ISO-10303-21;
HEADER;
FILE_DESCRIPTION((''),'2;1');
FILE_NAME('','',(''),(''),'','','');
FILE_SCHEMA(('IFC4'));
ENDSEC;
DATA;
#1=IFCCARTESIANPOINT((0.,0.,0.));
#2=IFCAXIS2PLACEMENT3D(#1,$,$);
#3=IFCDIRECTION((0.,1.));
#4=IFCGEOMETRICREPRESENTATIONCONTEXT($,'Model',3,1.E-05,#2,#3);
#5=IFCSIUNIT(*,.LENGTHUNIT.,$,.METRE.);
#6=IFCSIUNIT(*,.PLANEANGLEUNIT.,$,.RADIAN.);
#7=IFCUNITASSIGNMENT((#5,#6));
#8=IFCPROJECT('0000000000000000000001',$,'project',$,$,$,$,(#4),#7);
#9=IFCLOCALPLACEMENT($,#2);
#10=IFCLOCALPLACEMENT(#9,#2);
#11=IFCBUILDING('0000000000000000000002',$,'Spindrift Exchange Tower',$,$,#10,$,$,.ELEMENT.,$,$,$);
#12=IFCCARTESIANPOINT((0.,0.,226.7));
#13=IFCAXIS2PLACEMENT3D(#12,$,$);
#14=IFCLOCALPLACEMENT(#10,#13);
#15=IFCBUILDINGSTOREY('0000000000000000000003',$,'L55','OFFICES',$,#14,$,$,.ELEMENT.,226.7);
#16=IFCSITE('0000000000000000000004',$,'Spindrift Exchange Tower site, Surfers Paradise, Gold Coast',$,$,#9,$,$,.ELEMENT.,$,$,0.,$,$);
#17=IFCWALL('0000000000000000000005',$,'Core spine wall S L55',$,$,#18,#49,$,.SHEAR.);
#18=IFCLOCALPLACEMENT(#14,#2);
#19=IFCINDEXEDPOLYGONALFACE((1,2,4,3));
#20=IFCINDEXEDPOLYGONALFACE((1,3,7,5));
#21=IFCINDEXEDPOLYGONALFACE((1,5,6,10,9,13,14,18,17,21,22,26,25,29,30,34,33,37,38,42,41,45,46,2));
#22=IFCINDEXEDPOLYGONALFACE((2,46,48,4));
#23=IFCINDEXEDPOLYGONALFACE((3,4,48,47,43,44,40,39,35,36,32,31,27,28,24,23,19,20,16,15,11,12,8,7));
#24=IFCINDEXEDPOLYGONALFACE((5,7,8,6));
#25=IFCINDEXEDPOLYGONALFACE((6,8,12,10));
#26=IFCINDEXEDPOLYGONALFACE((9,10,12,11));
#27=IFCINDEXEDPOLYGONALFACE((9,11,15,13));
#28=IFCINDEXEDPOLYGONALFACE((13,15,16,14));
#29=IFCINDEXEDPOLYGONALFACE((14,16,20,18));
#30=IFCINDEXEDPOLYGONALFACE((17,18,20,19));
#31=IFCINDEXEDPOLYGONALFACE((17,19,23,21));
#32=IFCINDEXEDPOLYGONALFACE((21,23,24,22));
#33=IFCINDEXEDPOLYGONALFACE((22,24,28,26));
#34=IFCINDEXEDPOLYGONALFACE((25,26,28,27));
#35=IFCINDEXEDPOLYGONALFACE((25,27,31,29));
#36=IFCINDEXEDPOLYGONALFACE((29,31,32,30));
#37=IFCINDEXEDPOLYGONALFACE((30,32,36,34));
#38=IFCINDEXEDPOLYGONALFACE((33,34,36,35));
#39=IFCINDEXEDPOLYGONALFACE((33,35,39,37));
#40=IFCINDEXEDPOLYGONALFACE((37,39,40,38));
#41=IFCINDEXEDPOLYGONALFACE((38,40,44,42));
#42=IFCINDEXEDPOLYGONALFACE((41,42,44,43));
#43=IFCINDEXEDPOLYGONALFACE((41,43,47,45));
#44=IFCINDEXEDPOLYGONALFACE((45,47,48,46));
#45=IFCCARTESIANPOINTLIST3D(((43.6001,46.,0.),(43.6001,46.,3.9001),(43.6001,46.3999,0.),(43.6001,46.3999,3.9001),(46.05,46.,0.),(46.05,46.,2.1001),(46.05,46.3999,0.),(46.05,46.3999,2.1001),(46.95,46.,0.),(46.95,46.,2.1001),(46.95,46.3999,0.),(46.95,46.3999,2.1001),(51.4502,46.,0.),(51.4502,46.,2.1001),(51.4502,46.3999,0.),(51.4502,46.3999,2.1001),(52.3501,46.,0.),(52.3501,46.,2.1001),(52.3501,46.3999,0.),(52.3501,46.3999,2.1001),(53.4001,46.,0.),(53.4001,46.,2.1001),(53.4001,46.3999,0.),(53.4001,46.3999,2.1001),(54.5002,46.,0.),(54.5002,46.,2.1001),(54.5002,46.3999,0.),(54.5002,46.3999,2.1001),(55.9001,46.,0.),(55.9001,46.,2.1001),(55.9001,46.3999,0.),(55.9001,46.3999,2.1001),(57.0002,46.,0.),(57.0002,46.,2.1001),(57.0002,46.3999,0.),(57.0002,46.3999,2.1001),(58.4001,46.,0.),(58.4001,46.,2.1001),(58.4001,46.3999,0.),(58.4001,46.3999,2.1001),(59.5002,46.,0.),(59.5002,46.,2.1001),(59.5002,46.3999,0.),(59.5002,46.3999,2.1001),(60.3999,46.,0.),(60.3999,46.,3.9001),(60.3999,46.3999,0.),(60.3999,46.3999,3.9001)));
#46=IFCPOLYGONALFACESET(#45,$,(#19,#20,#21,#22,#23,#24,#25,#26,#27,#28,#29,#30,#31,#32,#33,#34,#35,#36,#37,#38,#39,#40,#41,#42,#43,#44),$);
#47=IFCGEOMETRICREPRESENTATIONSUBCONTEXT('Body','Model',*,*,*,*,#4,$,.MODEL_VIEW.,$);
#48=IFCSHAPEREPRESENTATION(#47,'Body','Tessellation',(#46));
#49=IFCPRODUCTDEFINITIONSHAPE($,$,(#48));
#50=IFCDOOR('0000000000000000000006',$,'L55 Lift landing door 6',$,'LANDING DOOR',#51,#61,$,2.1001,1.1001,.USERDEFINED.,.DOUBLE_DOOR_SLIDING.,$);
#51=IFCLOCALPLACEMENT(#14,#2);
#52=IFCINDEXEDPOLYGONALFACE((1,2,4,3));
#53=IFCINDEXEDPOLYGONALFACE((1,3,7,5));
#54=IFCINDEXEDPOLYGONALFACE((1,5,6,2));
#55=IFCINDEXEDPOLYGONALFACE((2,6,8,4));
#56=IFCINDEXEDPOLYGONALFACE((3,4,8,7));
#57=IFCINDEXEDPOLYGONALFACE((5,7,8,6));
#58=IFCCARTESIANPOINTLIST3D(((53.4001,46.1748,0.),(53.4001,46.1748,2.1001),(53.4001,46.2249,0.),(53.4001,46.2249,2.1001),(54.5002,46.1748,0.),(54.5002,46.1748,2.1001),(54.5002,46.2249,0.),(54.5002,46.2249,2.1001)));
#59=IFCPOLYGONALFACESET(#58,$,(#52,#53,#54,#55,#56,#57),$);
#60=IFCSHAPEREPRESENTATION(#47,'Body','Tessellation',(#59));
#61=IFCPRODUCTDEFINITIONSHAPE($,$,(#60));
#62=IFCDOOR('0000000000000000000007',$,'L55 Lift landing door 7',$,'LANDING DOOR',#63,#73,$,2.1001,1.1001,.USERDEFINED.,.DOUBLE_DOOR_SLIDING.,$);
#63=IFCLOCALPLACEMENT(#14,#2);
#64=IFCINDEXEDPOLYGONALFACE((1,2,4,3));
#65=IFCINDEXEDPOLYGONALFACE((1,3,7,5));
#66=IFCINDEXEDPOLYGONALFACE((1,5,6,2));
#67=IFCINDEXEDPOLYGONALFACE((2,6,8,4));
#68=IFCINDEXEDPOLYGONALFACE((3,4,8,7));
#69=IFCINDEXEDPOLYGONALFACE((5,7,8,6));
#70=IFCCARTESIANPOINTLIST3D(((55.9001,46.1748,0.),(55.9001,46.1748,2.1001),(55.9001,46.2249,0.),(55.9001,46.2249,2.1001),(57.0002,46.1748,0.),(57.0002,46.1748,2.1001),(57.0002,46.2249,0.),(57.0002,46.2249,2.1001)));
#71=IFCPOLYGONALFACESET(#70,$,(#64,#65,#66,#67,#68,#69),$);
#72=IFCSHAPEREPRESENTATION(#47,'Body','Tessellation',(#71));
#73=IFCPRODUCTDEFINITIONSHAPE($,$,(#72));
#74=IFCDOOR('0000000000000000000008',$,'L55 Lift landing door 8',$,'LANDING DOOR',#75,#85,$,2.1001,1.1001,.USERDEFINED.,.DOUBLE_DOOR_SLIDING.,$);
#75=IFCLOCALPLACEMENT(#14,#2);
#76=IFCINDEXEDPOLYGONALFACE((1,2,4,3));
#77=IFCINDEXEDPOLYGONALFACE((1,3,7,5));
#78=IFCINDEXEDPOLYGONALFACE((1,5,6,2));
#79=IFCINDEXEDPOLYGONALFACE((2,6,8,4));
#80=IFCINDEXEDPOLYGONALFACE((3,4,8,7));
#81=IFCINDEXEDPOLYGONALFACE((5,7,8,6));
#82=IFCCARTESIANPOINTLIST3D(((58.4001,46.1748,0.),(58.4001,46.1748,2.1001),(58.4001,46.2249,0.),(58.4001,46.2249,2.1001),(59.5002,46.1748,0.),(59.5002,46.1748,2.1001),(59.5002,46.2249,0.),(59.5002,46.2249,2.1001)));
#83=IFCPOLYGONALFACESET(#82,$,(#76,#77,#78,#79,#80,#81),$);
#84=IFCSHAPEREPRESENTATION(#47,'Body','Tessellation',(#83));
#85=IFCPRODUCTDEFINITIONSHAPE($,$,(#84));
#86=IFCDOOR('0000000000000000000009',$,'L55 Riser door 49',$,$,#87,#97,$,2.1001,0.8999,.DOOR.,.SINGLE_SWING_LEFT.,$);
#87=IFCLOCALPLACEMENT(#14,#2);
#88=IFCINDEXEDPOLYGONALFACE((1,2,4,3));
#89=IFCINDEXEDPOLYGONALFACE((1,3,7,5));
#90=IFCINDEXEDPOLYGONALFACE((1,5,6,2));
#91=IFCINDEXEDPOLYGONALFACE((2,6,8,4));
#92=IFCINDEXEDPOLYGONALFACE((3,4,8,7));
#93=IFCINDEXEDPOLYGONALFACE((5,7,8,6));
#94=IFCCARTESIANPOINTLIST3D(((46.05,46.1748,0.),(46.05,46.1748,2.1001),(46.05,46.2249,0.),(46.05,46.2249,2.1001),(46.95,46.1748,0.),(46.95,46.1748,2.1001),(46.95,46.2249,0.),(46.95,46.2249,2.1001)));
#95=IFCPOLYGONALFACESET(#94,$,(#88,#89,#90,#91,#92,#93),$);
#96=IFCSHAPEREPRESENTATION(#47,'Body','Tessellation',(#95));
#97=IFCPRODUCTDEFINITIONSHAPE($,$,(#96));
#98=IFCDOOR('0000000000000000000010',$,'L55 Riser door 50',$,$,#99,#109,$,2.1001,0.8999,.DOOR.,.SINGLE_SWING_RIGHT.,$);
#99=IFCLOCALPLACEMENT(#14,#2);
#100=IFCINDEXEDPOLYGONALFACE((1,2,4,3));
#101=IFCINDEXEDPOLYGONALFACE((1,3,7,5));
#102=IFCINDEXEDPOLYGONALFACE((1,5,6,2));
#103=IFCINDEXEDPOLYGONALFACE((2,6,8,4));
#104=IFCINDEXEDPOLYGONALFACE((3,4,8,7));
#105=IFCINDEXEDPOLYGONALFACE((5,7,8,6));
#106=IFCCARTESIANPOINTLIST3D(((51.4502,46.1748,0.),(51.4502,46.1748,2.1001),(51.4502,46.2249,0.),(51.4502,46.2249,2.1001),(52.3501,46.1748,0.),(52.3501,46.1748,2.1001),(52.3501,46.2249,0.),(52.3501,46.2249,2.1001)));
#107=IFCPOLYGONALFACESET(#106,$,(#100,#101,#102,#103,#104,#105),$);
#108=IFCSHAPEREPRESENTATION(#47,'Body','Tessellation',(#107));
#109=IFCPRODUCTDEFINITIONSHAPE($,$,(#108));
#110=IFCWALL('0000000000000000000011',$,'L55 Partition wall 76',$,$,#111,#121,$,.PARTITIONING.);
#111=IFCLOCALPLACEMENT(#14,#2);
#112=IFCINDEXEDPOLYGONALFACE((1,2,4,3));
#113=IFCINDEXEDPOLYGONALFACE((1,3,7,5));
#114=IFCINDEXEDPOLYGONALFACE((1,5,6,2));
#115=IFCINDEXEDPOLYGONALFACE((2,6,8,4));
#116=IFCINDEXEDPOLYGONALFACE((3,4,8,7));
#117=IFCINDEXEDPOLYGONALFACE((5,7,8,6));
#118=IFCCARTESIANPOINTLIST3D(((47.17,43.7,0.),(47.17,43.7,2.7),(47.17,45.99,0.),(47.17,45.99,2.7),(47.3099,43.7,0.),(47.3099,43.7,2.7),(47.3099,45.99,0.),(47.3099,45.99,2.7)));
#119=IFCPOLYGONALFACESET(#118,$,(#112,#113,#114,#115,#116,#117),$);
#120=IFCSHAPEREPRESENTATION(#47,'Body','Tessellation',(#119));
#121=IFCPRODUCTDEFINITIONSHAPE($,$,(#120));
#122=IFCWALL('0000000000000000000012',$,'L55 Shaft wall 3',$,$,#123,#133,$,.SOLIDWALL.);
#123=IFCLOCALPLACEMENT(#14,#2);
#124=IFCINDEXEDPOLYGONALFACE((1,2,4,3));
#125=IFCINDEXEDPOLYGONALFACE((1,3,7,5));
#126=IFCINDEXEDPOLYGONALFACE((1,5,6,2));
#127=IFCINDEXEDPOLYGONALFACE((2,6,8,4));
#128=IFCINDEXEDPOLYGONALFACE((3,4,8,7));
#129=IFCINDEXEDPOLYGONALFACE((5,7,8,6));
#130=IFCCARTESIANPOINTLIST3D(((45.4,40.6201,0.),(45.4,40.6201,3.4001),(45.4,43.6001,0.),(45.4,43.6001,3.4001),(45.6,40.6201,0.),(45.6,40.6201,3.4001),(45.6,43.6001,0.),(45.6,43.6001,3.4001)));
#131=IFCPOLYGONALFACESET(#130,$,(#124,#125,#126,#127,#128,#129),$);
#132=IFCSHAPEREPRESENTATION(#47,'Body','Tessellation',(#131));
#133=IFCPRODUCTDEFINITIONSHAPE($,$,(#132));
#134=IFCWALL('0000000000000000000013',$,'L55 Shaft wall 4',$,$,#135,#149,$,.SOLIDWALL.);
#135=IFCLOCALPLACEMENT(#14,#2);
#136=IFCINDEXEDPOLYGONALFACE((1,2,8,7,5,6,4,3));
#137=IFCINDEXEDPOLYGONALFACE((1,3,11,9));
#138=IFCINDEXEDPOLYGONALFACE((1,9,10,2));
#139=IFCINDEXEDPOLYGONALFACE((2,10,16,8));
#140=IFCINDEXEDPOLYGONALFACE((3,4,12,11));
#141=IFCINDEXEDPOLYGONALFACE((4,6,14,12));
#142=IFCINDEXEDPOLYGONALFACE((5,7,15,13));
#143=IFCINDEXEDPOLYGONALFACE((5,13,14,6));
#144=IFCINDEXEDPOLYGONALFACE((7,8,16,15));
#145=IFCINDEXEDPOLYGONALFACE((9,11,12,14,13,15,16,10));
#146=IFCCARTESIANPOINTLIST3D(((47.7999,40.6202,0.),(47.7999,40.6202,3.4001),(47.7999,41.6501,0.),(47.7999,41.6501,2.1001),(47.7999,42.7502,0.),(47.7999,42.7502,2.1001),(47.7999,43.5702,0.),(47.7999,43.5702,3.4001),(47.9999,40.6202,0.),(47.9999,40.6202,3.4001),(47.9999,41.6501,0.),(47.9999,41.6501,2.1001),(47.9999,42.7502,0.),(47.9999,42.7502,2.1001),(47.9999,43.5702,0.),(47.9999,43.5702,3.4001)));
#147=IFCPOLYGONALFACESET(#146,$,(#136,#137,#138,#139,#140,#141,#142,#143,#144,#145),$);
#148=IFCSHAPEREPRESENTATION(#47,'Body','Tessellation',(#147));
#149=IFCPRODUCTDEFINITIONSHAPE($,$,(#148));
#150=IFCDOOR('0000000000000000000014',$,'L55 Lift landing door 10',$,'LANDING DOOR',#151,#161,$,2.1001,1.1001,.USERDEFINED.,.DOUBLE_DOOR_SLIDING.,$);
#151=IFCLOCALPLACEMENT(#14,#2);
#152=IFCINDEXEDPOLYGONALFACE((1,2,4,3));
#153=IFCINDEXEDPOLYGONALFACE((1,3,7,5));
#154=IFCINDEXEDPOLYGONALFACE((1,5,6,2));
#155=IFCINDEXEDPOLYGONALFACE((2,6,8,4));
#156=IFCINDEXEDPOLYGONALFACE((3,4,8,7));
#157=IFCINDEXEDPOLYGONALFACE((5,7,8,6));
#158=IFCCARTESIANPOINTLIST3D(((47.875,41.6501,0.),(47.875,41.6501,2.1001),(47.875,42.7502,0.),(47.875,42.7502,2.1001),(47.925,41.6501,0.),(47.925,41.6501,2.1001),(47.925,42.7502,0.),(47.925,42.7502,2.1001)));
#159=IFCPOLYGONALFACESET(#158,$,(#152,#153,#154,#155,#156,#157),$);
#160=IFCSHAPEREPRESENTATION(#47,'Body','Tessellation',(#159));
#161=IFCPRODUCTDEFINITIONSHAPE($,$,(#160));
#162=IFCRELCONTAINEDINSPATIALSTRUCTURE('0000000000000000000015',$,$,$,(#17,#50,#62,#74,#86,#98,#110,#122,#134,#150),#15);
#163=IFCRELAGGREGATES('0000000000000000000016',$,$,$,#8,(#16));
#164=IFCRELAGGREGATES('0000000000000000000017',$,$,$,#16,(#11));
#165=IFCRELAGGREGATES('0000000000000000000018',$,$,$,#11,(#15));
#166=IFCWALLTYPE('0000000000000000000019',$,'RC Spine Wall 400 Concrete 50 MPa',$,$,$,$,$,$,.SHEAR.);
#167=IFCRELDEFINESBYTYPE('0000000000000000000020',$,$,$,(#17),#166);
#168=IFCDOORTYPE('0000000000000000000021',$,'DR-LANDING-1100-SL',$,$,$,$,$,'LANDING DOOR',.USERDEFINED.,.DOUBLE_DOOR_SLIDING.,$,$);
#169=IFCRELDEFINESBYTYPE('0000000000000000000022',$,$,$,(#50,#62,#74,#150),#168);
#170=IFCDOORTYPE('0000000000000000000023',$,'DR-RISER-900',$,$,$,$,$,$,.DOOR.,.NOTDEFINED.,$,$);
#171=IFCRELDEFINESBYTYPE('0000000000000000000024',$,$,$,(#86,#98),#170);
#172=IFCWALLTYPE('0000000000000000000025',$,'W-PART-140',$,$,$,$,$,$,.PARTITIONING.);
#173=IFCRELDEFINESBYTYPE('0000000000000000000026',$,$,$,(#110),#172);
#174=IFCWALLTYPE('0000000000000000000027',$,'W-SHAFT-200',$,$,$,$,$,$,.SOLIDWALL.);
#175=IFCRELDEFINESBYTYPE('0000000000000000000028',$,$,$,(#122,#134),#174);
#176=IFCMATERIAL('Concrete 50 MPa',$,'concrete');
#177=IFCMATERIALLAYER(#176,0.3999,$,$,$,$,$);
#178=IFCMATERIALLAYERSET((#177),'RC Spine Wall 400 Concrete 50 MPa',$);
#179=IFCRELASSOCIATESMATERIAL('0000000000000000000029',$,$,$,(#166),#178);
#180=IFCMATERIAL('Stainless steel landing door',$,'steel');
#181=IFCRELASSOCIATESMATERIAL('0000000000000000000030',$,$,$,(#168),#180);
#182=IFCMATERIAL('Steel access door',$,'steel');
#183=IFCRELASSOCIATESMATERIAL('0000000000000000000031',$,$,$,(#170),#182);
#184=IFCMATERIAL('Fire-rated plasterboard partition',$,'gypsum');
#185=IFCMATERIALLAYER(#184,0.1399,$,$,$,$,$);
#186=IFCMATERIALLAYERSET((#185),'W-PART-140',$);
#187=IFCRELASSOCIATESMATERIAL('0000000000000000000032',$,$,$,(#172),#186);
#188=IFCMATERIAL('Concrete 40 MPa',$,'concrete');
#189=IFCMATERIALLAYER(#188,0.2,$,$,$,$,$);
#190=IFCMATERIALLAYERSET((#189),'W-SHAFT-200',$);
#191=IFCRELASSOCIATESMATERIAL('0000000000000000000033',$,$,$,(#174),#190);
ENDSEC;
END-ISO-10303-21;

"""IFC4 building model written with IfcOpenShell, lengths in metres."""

from ifc_helpers import new_model, si_unit, direction, frame, frame_2d, origin, place, context, subcontext, project, spatial, rectangle, extrude, source, transform, mapped, material, layer, layer_set, type_object, element, fill, save


model = new_model("IFC4")

# Units and contexts
model_context = context("Model", 3, precision=1e-05, world=origin(), true_north=direction((0.0, 1.0)))
body_context = subcontext(model_context, "Body", "Model", "MODEL_VIEW")
ifc_project = project(units=[si_unit("LENGTHUNIT", "METRE"), si_unit("PLANEANGLEUNIT", "RADIAN")], contexts=[model_context])

# Site, building, storey
site_placement = place(None, origin())
site = spatial("IfcSite", under=ifc_project, at=site_placement, Name="Spindrift Exchange Tower site, Surfers Paradise, Gold Coast", CompositionType="ELEMENT", RefElevation=0.0)
building_placement = place(site_placement, origin())
building = spatial("IfcBuilding", under=site, at=building_placement, Name="Spindrift Exchange Tower", CompositionType="ELEMENT")
storey_placement = place(building_placement, frame((0.0, 0.0, 226.7)))
storey = spatial("IfcBuildingStorey", under=building, at=storey_placement, Name="L55", Description="OFFICES", CompositionType="ELEMENT", Elevation=226.7)

# Wall, openings, doors
ifc_material_1 = material(Name="Concrete 50 MPa", Category="concrete")
ifc_material_2 = material(Name="Steel access door", Category="steel")
ifc_layer_1 = layer(ifc_material_1, 0.3999)
ifc_layer_set_1 = layer_set([ifc_layer_1], Name="RC Spine Wall 400 Concrete 50 MPa")
wall_type_1 = type_object("IfcWallType", Name="RC Spine Wall 400 Concrete 50 MPa", PredefinedType="SHEAR", material=ifc_layer_set_1)
wall_1_placement = place(storey_placement, frame((43.6001, 46.2, 0.0), z_axis=(0.0, 0.0, 1.0), x_axis=(1.0, 0.0, 0.0)))
wall_1 = element("IfcWall", 1, at=wall_1_placement, inside=storey, type_object=wall_type_1, Name="Core spine wall S L55", PredefinedType="SHEAR", context=body_context, shape_type="SweptSolid", body=[
    extrude(rectangle(XDim=16.7998, YDim=0.3999, at=frame_2d((8.3999, 0.0))), origin(), (0.0, 0.0, 1.0), 3.9001),
])
opening_1_placement = place(wall_1_placement, frame((9.8, 0.0, 0.0)))
opening_1 = element("IfcOpeningElement", 2, at=opening_1_placement, cuts=wall_1, PredefinedType="OPENING", context=body_context, shape_type="SweptSolid", body=[
    extrude(rectangle(XDim=1.1001, YDim=2.1001, at=frame_2d((0.55, 1.05))), frame((0.0, 0.21, 0.0), z_axis=(0.0, -1.0, 0.0), x_axis=(1.0, 0.0, 0.0)), (0.0, 0.0, 1.0), 0.4199),
])
opening_2_placement = place(wall_1_placement, frame((12.3, 0.0, 0.0)))
opening_2 = element("IfcOpeningElement", 3, at=opening_2_placement, cuts=wall_1, PredefinedType="OPENING", context=body_context, shape_type="SweptSolid", body=[
    extrude(rectangle(XDim=1.1001, YDim=2.1001, at=frame_2d((0.55, 1.05))), frame((0.0, 0.21, 0.0), z_axis=(0.0, -1.0, 0.0), x_axis=(1.0, 0.0, 0.0)), (0.0, 0.0, 1.0), 0.4199),
])
opening_3_placement = place(wall_1_placement, frame((14.8, 0.0, 0.0)))
opening_3 = element("IfcOpeningElement", 4, at=opening_3_placement, cuts=wall_1, PredefinedType="OPENING", context=body_context, shape_type="SweptSolid", body=[
    extrude(rectangle(XDim=1.1001, YDim=2.1001, at=frame_2d((0.55, 1.05))), frame((0.0, 0.21, 0.0), z_axis=(0.0, -1.0, 0.0), x_axis=(1.0, 0.0, 0.0)), (0.0, 0.0, 1.0), 0.4199),
])
opening_4_placement = place(wall_1_placement, frame((2.45, 0.0, 0.0)))
opening_4 = element("IfcOpeningElement", 5, at=opening_4_placement, cuts=wall_1, PredefinedType="OPENING", context=body_context, shape_type="SweptSolid", body=[
    extrude(rectangle(XDim=0.8999, YDim=2.1001, at=frame_2d((0.45, 1.05))), frame((0.0, 0.21, 0.0), z_axis=(0.0, -1.0, 0.0), x_axis=(1.0, 0.0, 0.0)), (0.0, 0.0, 1.0), 0.4199),
])
opening_5_placement = place(wall_1_placement, frame((7.8501, 0.0, 0.0)))
opening_5 = element("IfcOpeningElement", 6, at=opening_5_placement, cuts=wall_1, PredefinedType="OPENING", context=body_context, shape_type="SweptSolid", body=[
    extrude(rectangle(XDim=0.8999, YDim=2.1001, at=frame_2d((0.45, 1.05))), frame((0.0, 0.21, 0.0), z_axis=(0.0, -1.0, 0.0), x_axis=(1.0, 0.0, 0.0)), (0.0, 0.0, 1.0), 0.4199),
])
ifc_material_3 = material(Name="Stainless steel landing door", Category="steel")
door_type_1 = type_object("IfcDoorType", Name="DR-LANDING-1100-SL", ElementType="LANDING DOOR", OperationType="DOUBLE_DOOR_SLIDING", PredefinedType="USERDEFINED", material=ifc_material_3)
shared_shape_1 = source(origin(), body_context, "Body", "SweptSolid", [
    extrude(rectangle(XDim=1.1001, YDim=2.1001, at=frame_2d((0.55, 1.05))), frame((0.0, 0.0249, 0.0), z_axis=(0.0, -1.0, 0.0), x_axis=(1.0, 0.0, 0.0)), (0.0, 0.0, 1.0), 0.05),
])
door_1_placement = place(opening_1_placement, origin())
door_1 = element("IfcDoor", 7, at=door_1_placement, inside=storey, type_object=door_type_1, Name="L55 Lift landing door 6", ObjectType="LANDING DOOR", OperationType="DOUBLE_DOOR_SLIDING", OverallHeight=2.1001, OverallWidth=1.1001, PredefinedType="USERDEFINED", context=body_context, shape_type="MappedRepresentation", body=[
    mapped(shared_shape_1, transform((0.0, 0.0, 0.0), scale=1.0)),
])
fill(opening_1, door_1)
door_2_placement = place(opening_2_placement, origin())
door_2 = element("IfcDoor", 8, at=door_2_placement, inside=storey, type_object=door_type_1, Name="L55 Lift landing door 7", ObjectType="LANDING DOOR", OperationType="DOUBLE_DOOR_SLIDING", OverallHeight=2.1001, OverallWidth=1.1001, PredefinedType="USERDEFINED", context=body_context, shape_type="MappedRepresentation", body=[
    mapped(shared_shape_1, transform((0.0, 0.0, 0.0), scale=1.0)),
])
fill(opening_2, door_2)
door_3_placement = place(opening_3_placement, origin())
door_3 = element("IfcDoor", 9, at=door_3_placement, inside=storey, type_object=door_type_1, Name="L55 Lift landing door 8", ObjectType="LANDING DOOR", OperationType="DOUBLE_DOOR_SLIDING", OverallHeight=2.1001, OverallWidth=1.1001, PredefinedType="USERDEFINED", context=body_context, shape_type="MappedRepresentation", body=[
    mapped(shared_shape_1, transform((0.0, 0.0, 0.0), scale=1.0)),
])
fill(opening_3, door_3)
door_type_2 = type_object("IfcDoorType", Name="DR-RISER-900", OperationType="NOTDEFINED", PredefinedType="DOOR", material=ifc_material_2)
shared_shape_2 = source(origin(), body_context, "Body", "SweptSolid", [
    extrude(rectangle(XDim=0.8999, YDim=2.1001, at=frame_2d((0.45, 1.05))), frame((0.0, 0.0249, 0.0), z_axis=(0.0, -1.0, 0.0), x_axis=(1.0, 0.0, 0.0)), (0.0, 0.0, 1.0), 0.05),
])
door_4_placement = place(opening_4_placement, origin())
door_4 = element("IfcDoor", 10, at=door_4_placement, inside=storey, type_object=door_type_2, Name="L55 Riser door 49", OperationType="SINGLE_SWING_LEFT", OverallHeight=2.1001, OverallWidth=0.8999, PredefinedType="DOOR", context=body_context, shape_type="MappedRepresentation", body=[
    mapped(shared_shape_2, transform((0.0, 0.0, 0.0), scale=1.0)),
])
fill(opening_4, door_4)
door_5_placement = place(opening_5_placement, origin())
door_5 = element("IfcDoor", 11, at=door_5_placement, inside=storey, type_object=door_type_2, Name="L55 Riser door 50", OperationType="SINGLE_SWING_RIGHT", OverallHeight=2.1001, OverallWidth=0.8999, PredefinedType="DOOR", context=body_context, shape_type="MappedRepresentation", body=[
    mapped(shared_shape_2, transform((0.0, 0.0, 0.0), scale=1.0)),
])
fill(opening_5, door_5)

# Walls
ifc_material_4 = material(Name="Fire-rated plasterboard partition", Category="gypsum")
ifc_layer_2 = layer(ifc_material_4, 0.1399)
ifc_layer_set_2 = layer_set([ifc_layer_2], Name="W-PART-140")
wall_type_2 = type_object("IfcWallType", Name="W-PART-140", PredefinedType="PARTITIONING", material=ifc_layer_set_2)
wall_2_placement = place(storey_placement, frame((47.24, 43.7, 0.0), z_axis=(0.0, 0.0, 1.0), x_axis=(0.0, 1.0, 0.0)))
element("IfcWall", 12, at=wall_2_placement, inside=storey, type_object=wall_type_2, Name="L55 Partition wall 76", PredefinedType="PARTITIONING", context=body_context, shape_type="SweptSolid", body=[
    extrude(rectangle(XDim=2.29, YDim=0.1399, at=frame_2d((1.145, 0.0))), origin(), (0.0, 0.0, 1.0), 2.7),
])
ifc_material_5 = material(Name="Concrete 40 MPa", Category="concrete")
ifc_layer_3 = layer(ifc_material_5, 0.2)
ifc_layer_set_3 = layer_set([ifc_layer_3], Name="W-SHAFT-200")
wall_type_3 = type_object("IfcWallType", Name="W-SHAFT-200", PredefinedType="SOLIDWALL", material=ifc_layer_set_3)
wall_3_placement = place(storey_placement, frame((45.5, 43.6001, 0.0), z_axis=(0.0, 0.0, 1.0), x_axis=(0.0, -1.0, 0.0)))
element("IfcWall", 13, at=wall_3_placement, inside=storey, type_object=wall_type_3, Name="L55 Shaft wall 3", PredefinedType="SOLIDWALL", context=body_context, shape_type="SweptSolid", body=[
    extrude(rectangle(XDim=2.98, YDim=0.2, at=frame_2d((1.49, 0.0))), origin(), (0.0, 0.0, 1.0), 3.4001),
])

# Wall, opening, door
wall_4_placement = place(storey_placement, frame((47.8999, 40.6201, 0.0), z_axis=(0.0, 0.0, 1.0), x_axis=(0.0, 1.0, 0.0)))
wall_4 = element("IfcWall", 14, at=wall_4_placement, inside=storey, type_object=wall_type_3, Name="L55 Shaft wall 4", PredefinedType="SOLIDWALL", context=body_context, shape_type="SweptSolid", body=[
    extrude(rectangle(XDim=2.95, YDim=0.2, at=frame_2d((1.4751, 0.0))), origin(), (0.0, 0.0, 1.0), 3.4001),
])
opening_6_placement = place(wall_4_placement, frame((1.03, 0.0, 0.0)))
opening_6 = element("IfcOpeningElement", 15, at=opening_6_placement, cuts=wall_4, PredefinedType="OPENING", context=body_context, shape_type="SweptSolid", body=[
    extrude(rectangle(XDim=1.1001, YDim=2.1001, at=frame_2d((0.55, 1.05))), frame((0.0, 0.1099, 0.0), z_axis=(0.0, -1.0, 0.0), x_axis=(1.0, 0.0, 0.0)), (0.0, 0.0, 1.0), 0.22),
])
door_6_placement = place(opening_6_placement, origin())
door_6 = element("IfcDoor", 16, at=door_6_placement, inside=storey, type_object=door_type_1, Name="L55 Lift landing door 10", ObjectType="LANDING DOOR", OperationType="DOUBLE_DOOR_SLIDING", OverallHeight=2.1001, OverallWidth=1.1001, PredefinedType="USERDEFINED", context=body_context, shape_type="MappedRepresentation", body=[
    mapped(shared_shape_1, transform((0.0, 0.0, 0.0), scale=1.0)),
])
fill(opening_6, door_6)

save(model, "model.ifc")
